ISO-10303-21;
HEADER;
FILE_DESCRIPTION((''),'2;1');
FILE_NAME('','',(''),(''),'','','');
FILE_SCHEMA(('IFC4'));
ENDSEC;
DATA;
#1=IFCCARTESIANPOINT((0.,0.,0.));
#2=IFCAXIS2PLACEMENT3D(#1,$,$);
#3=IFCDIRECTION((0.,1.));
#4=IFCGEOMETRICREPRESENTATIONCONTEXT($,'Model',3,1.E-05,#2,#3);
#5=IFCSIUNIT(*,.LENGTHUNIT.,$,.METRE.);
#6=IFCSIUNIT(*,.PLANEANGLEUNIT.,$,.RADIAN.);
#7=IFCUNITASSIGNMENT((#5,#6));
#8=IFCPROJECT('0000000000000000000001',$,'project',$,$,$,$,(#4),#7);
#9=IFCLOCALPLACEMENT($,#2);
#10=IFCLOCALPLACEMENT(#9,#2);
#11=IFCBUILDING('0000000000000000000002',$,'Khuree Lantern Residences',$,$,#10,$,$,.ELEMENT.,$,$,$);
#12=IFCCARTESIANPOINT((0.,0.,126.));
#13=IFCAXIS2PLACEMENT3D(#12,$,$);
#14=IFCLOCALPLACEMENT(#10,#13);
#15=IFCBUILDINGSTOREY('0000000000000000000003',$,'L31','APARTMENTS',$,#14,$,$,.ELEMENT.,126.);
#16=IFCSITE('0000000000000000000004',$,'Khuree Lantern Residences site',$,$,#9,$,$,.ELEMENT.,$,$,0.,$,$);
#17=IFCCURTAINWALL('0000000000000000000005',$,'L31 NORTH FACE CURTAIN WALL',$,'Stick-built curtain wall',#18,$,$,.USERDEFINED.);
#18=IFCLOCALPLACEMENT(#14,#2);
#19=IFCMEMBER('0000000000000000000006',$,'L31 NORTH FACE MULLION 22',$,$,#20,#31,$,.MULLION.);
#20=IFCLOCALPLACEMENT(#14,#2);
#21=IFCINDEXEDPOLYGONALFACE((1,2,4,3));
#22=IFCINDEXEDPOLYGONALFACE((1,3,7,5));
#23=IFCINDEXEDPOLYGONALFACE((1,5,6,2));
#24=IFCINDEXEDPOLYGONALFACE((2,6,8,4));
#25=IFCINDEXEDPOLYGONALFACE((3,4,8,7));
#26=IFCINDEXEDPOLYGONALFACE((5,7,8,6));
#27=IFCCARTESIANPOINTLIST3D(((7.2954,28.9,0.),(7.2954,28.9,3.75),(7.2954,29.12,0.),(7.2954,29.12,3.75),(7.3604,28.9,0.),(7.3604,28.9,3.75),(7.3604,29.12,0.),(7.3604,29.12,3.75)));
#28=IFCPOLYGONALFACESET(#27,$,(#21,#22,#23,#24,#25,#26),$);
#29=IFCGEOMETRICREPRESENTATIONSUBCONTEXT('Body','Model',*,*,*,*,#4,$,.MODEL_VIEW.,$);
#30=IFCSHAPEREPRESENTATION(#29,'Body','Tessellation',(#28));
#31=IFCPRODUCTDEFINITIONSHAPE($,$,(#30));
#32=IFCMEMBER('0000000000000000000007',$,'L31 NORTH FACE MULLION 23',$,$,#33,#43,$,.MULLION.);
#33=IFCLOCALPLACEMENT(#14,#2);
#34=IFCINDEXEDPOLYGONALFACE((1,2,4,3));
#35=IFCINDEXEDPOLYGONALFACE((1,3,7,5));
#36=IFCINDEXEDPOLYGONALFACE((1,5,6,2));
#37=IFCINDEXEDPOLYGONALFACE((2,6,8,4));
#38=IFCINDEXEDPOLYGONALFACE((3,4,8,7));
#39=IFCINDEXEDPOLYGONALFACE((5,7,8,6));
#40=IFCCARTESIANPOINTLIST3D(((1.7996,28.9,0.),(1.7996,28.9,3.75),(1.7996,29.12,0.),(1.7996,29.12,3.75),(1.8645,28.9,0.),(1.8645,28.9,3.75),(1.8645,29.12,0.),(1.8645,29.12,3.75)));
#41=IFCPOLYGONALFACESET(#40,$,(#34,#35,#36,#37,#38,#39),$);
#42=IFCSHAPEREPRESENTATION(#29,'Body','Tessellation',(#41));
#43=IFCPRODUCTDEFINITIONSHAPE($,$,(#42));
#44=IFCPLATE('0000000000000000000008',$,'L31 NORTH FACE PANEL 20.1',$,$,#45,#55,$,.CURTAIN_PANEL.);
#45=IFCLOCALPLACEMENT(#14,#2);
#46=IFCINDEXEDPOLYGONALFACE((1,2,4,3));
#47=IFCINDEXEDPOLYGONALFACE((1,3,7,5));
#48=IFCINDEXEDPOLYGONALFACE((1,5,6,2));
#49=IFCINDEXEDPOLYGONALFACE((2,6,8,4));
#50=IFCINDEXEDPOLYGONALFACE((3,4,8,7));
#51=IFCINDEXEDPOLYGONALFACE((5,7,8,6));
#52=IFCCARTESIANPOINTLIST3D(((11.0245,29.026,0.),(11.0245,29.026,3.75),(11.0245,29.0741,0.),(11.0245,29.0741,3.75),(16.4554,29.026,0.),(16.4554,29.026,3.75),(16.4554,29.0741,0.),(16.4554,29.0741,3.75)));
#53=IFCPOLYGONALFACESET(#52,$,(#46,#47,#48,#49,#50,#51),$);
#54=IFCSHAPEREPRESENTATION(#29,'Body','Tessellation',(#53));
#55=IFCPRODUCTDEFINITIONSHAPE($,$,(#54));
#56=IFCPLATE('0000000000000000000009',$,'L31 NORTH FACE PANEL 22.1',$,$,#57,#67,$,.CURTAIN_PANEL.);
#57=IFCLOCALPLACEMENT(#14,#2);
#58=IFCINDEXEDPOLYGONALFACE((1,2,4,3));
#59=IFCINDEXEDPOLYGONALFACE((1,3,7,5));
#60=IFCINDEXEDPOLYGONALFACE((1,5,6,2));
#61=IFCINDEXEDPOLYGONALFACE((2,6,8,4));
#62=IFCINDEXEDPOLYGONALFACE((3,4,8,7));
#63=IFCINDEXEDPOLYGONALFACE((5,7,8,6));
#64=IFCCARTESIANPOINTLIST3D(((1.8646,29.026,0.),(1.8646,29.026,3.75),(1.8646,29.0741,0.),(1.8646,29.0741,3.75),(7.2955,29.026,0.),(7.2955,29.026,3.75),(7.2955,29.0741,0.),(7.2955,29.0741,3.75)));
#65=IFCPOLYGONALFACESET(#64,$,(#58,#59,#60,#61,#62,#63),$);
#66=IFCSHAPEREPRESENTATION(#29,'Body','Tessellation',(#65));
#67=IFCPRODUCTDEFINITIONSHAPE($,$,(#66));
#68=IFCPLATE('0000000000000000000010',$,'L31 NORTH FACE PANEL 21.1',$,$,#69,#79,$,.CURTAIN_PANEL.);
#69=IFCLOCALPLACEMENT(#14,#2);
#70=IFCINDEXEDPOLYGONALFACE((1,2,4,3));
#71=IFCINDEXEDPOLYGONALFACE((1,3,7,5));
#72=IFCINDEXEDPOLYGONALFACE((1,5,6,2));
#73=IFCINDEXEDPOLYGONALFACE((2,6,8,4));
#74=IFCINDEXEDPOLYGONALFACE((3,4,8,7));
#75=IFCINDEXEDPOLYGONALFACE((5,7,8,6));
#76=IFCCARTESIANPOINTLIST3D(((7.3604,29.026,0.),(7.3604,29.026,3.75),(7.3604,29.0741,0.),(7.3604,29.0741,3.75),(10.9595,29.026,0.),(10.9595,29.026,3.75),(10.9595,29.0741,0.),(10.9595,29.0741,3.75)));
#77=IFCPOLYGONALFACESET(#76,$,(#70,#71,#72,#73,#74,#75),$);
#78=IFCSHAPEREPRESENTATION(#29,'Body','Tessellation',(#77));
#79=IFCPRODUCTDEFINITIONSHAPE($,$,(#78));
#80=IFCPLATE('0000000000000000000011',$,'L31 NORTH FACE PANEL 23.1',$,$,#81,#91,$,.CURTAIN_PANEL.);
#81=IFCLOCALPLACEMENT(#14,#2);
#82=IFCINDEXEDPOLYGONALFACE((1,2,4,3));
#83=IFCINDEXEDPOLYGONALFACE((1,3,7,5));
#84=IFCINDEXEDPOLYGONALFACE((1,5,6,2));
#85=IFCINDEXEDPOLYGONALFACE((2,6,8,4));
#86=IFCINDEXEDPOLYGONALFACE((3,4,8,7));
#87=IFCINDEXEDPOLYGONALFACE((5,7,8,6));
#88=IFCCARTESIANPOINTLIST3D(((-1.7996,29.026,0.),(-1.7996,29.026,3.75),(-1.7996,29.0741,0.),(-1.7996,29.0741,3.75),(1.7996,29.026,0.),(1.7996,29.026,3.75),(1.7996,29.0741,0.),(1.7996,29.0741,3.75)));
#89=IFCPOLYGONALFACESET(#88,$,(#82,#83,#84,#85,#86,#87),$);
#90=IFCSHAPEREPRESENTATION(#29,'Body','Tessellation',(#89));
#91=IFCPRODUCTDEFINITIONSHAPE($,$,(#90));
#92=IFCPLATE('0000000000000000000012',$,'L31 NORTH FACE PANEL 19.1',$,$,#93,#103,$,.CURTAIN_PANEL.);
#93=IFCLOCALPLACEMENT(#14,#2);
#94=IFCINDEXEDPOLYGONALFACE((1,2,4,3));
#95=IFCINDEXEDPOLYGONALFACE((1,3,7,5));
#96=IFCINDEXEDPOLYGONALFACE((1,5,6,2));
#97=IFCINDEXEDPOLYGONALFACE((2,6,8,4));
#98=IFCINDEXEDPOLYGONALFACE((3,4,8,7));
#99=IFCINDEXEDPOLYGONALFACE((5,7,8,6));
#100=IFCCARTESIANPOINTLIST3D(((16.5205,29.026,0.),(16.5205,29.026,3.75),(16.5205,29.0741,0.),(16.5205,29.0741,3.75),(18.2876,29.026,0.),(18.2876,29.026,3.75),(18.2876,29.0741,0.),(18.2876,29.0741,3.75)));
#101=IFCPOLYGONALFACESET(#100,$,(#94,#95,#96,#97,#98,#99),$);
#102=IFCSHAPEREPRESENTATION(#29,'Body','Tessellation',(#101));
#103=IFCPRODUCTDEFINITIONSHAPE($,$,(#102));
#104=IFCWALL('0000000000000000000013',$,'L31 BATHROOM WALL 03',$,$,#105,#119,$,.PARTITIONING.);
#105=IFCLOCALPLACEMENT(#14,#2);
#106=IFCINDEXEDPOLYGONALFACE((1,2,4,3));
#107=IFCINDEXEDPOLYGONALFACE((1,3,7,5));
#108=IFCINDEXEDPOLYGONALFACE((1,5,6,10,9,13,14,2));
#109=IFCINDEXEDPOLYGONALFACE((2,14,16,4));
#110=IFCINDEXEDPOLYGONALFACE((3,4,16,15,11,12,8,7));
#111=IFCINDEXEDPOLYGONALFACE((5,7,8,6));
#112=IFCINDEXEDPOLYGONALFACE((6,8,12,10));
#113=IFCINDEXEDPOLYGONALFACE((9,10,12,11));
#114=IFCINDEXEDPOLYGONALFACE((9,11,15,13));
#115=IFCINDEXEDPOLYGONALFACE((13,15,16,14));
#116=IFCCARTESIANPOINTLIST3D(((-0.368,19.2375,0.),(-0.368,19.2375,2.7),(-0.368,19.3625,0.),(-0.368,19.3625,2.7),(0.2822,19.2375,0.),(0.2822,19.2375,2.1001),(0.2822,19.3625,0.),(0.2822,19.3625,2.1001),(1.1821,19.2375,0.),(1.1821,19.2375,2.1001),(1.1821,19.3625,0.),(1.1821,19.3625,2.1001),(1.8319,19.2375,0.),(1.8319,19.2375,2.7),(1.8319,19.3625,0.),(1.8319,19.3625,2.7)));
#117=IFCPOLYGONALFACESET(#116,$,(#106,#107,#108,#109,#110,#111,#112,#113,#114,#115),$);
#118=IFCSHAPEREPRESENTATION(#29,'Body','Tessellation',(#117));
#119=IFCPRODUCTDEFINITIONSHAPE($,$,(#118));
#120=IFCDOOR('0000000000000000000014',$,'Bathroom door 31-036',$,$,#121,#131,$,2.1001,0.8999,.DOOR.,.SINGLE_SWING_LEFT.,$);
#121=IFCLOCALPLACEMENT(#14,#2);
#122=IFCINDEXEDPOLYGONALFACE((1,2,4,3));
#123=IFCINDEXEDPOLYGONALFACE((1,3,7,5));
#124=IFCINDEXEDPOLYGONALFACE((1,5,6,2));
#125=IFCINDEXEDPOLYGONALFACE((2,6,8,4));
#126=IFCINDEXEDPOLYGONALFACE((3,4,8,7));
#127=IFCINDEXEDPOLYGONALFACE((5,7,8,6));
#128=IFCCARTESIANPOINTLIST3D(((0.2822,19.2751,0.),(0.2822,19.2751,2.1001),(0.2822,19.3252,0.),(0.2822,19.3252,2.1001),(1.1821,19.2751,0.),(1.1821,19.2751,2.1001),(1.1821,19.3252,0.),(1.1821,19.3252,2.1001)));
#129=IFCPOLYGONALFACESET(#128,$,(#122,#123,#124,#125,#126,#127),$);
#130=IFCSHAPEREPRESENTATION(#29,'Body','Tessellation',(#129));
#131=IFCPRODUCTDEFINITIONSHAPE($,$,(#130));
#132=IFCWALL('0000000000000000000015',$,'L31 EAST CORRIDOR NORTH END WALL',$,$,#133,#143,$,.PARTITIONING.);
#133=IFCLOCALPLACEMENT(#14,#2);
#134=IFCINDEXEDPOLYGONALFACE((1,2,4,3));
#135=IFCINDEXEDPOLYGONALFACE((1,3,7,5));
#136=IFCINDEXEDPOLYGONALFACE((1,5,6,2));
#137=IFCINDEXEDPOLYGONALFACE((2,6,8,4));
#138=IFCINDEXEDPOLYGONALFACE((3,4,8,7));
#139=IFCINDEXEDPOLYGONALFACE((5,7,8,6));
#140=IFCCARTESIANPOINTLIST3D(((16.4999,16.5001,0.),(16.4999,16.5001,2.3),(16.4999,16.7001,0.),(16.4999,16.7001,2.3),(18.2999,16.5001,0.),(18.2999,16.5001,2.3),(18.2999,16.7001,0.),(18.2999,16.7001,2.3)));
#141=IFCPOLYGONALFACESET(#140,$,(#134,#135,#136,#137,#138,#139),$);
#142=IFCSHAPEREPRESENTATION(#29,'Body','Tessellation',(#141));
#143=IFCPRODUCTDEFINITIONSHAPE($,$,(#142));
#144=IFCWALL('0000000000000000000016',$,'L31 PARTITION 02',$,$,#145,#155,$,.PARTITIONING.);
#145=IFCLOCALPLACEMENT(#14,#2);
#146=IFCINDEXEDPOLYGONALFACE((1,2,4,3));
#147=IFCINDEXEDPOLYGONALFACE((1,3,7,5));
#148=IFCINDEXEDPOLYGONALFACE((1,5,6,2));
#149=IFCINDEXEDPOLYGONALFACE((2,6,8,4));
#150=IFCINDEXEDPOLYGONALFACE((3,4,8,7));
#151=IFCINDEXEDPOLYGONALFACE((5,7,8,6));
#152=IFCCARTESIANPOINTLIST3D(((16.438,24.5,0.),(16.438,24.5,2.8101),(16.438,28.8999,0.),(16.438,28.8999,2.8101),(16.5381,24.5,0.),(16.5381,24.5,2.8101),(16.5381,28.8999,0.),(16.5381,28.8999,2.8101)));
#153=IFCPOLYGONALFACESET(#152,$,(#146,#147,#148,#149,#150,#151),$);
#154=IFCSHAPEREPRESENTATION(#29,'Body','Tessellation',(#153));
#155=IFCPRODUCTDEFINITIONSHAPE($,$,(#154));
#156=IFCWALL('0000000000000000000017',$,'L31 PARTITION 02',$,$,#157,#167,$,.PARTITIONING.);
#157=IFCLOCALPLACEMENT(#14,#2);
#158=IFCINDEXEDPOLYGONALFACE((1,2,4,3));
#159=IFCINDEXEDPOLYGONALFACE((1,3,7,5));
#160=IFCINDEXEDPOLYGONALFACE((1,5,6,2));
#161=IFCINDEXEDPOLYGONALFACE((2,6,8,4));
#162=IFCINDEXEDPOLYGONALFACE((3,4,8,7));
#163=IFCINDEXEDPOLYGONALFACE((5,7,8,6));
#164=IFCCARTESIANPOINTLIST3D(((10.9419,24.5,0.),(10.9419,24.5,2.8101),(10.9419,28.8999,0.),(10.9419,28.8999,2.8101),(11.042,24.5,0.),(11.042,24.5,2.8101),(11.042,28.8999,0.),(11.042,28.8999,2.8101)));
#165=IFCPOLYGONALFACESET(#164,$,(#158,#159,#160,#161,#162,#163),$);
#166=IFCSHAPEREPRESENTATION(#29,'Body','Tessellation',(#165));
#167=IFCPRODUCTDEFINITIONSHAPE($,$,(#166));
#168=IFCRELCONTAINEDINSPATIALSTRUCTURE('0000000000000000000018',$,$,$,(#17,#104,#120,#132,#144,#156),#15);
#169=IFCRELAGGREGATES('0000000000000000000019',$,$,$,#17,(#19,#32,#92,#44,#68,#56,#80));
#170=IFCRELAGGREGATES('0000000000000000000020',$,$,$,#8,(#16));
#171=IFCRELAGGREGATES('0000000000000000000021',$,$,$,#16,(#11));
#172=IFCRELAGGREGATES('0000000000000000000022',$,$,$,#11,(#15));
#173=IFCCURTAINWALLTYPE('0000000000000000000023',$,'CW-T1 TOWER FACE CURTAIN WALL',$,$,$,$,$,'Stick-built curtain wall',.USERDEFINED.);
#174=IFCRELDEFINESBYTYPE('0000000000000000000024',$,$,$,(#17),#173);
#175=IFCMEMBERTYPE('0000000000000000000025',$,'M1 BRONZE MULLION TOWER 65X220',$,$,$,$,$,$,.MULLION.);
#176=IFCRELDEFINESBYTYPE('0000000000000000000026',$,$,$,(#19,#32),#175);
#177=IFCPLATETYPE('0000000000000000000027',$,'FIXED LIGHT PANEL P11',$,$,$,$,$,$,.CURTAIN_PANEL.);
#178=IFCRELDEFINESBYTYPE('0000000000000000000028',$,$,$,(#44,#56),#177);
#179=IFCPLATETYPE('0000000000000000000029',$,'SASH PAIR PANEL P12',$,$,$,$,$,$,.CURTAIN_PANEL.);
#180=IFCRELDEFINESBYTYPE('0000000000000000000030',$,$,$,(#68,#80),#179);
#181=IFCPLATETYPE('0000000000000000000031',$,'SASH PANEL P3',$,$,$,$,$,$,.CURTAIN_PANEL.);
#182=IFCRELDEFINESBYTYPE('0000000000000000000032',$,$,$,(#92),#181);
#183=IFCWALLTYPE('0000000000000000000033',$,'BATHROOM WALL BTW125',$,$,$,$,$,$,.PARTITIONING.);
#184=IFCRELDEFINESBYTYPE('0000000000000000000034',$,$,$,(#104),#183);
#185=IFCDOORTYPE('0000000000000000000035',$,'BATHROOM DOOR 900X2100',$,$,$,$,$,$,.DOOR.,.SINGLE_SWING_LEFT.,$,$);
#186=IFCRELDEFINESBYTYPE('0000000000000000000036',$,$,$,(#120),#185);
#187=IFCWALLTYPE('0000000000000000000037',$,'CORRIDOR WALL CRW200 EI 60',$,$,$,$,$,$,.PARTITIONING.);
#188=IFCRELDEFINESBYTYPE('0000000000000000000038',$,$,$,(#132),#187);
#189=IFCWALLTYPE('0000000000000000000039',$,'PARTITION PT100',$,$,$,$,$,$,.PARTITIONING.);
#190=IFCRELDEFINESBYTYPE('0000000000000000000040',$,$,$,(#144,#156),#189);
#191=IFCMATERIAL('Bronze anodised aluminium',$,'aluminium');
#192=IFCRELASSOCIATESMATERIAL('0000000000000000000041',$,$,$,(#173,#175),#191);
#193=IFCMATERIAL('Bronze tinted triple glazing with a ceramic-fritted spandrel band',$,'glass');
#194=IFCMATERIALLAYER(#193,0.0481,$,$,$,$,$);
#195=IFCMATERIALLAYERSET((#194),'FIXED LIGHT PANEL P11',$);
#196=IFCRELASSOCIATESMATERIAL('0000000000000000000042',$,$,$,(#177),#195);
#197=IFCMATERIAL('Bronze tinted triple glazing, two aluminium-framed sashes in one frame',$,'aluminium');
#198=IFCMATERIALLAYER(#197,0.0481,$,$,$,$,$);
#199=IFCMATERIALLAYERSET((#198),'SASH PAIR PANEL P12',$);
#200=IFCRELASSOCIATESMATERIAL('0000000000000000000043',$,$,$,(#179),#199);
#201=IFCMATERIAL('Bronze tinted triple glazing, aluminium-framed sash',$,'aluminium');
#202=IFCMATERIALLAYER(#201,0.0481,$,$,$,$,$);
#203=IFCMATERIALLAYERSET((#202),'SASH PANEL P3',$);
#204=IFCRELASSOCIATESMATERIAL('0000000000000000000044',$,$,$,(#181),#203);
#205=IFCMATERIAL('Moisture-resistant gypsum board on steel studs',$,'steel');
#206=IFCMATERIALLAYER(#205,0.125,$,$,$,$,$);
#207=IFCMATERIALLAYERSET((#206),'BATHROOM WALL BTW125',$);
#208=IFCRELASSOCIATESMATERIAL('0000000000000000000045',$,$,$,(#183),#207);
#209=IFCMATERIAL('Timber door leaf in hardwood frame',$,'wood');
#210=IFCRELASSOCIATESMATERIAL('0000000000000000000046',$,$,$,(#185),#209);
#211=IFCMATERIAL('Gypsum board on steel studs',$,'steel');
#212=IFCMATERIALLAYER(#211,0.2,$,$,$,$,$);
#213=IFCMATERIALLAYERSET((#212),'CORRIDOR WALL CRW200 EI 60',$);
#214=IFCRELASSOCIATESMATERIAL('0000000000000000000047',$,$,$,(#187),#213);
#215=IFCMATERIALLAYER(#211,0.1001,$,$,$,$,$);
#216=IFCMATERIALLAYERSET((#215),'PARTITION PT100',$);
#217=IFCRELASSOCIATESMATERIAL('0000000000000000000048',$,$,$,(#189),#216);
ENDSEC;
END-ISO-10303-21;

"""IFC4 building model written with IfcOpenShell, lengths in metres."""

from ifc_helpers import new_model, si_unit, direction, frame, frame_2d, origin, origin_2d, place, context, subcontext, project, spatial, rectangle, extrude, material, layer, layer_set, material_profile, profile_set, type_object, element, fill, aggregate, save


model = new_model("IFC4")

# Units and contexts
model_context = context("Model", 3, precision=1e-05, world=origin(), true_north=direction((0.0, 1.0)))
body_context = subcontext(model_context, "Body", "Model", "MODEL_VIEW")
ifc_project = project(units=[si_unit("LENGTHUNIT", "METRE"), si_unit("PLANEANGLEUNIT", "RADIAN")], contexts=[model_context])

# Site, building, storey
site_placement = place(None, origin())
site = spatial("IfcSite", under=ifc_project, at=site_placement, Name="Khuree Lantern Residences site", CompositionType="ELEMENT", RefElevation=0.0)
building_placement = place(site_placement, origin())
building = spatial("IfcBuilding", under=site, at=building_placement, Name="Khuree Lantern Residences", CompositionType="ELEMENT")
storey_placement = place(building_placement, frame((0.0, 0.0, 126.0)))
storey = spatial("IfcBuildingStorey", under=building, at=storey_placement, Name="L31", Description="APARTMENTS", CompositionType="ELEMENT", Elevation=126.0)

# Curtain wall
ifc_material_1 = material(Name="Bronze anodised aluminium", Category="aluminium")
curtain_wall_type = type_object("IfcCurtainWallType", Name="CW-T1 TOWER FACE CURTAIN WALL", ElementType="Stick-built curtain wall", PredefinedType="USERDEFINED", material=ifc_material_1)
curtain_wall_placement = place(storey_placement, origin())
curtain_wall = element("IfcCurtainWall", 1, at=curtain_wall_placement, inside=storey, type_object=curtain_wall_type, Name="L31 NORTH FACE CURTAIN WALL", ObjectType="Stick-built curtain wall", PredefinedType="USERDEFINED")

# Members
ifc_material_profile_1 = material_profile(ifc_material_1, rectangle(XDim=0.0649, YDim=0.22, at=origin_2d()), Name="M1 65X220")
ifc_profile_set_1 = profile_set([ifc_material_profile_1], Name="Bronze anodised aluminium")
member_type_1 = type_object("IfcMemberType", Name="M1 BRONZE MULLION TOWER 65X220", PredefinedType="MULLION", material=ifc_profile_set_1)
member_1_placement = place(storey_placement, frame((7.3279, 29.01, 0.0), z_axis=(0.0, 0.0, 1.0), x_axis=(-1.0, 0.0, 0.0)))
member_1 = element("IfcMember", 2, at=member_1_placement, type_object=member_type_1, Name="L31 NORTH FACE MULLION 22", PredefinedType="MULLION", context=body_context, shape_type="SweptSolid", body=[
    extrude(rectangle(XDim=0.0649, YDim=0.22, at=origin_2d()), origin(), (0.0, 0.0, 1.0), 3.75),
])
member_2_placement = place(storey_placement, frame((1.832, 29.01, 0.0), z_axis=(0.0, 0.0, 1.0), x_axis=(-1.0, 0.0, 0.0)))
member_2 = element("IfcMember", 3, at=member_2_placement, type_object=member_type_1, Name="L31 NORTH FACE MULLION 23", PredefinedType="MULLION", context=body_context, shape_type="SweptSolid", body=[
    extrude(rectangle(XDim=0.0649, YDim=0.22, at=origin_2d()), origin(), (0.0, 0.0, 1.0), 3.75),
])

# Plates
ifc_material_2 = material(Name="Bronze tinted triple glazing with a ceramic-fritted spandrel band", Category="glass")
ifc_layer_1 = layer(ifc_material_2, 0.0481)
ifc_layer_set_1 = layer_set([ifc_layer_1], Name="FIXED LIGHT PANEL P11")
plate_type_1 = type_object("IfcPlateType", Name="FIXED LIGHT PANEL P11", PredefinedType="CURTAIN_PANEL", material=ifc_layer_set_1)
plate_1_placement = place(storey_placement, frame((13.74, 29.05, 0.0), z_axis=(0.0, 0.0, 1.0), x_axis=(-1.0, 0.0, 0.0)))
plate_1 = element("IfcPlate", 4, at=plate_1_placement, type_object=plate_type_1, Name="L31 NORTH FACE PANEL 20.1", PredefinedType="CURTAIN_PANEL", context=body_context, shape_type="SweptSolid", body=[
    extrude(rectangle(XDim=5.4309, YDim=0.0481, at=origin_2d()), origin(), (0.0, 0.0, 1.0), 3.75),
])
plate_2_placement = place(storey_placement, frame((4.5801, 29.05, 0.0), z_axis=(0.0, 0.0, 1.0), x_axis=(-1.0, 0.0, 0.0)))
plate_2 = element("IfcPlate", 5, at=plate_2_placement, type_object=plate_type_1, Name="L31 NORTH FACE PANEL 22.1", PredefinedType="CURTAIN_PANEL", context=body_context, shape_type="SweptSolid", body=[
    extrude(rectangle(XDim=5.4309, YDim=0.0481, at=origin_2d()), origin(), (0.0, 0.0, 1.0), 3.75),
])
ifc_material_3 = material(Name="Bronze tinted triple glazing, two aluminium-framed sashes in one frame", Category="aluminium")
ifc_layer_2 = layer(ifc_material_3, 0.0481)
ifc_layer_set_2 = layer_set([ifc_layer_2], Name="SASH PAIR PANEL P12")
plate_type_2 = type_object("IfcPlateType", Name="SASH PAIR PANEL P12", PredefinedType="CURTAIN_PANEL", material=ifc_layer_set_2)
plate_3_placement = place(storey_placement, frame((9.1599, 29.05, 0.0), z_axis=(0.0, 0.0, 1.0), x_axis=(-1.0, 0.0, 0.0)))
plate_3 = element("IfcPlate", 6, at=plate_3_placement, type_object=plate_type_2, Name="L31 NORTH FACE PANEL 21.1", PredefinedType="CURTAIN_PANEL", context=body_context, shape_type="SweptSolid", body=[
    extrude(rectangle(XDim=3.5991, YDim=0.0481, at=origin_2d()), origin(), (0.0, 0.0, 1.0), 3.75),
])
plate_4_placement = place(storey_placement, frame((0.0, 29.05, 0.0), z_axis=(0.0, 0.0, 1.0), x_axis=(-1.0, 0.0, 0.0)))
plate_4 = element("IfcPlate", 7, at=plate_4_placement, type_object=plate_type_2, Name="L31 NORTH FACE PANEL 23.1", PredefinedType="CURTAIN_PANEL", context=body_context, shape_type="SweptSolid", body=[
    extrude(rectangle(XDim=3.5991, YDim=0.0481, at=origin_2d()), origin(), (0.0, 0.0, 1.0), 3.75),
])
ifc_material_4 = material(Name="Bronze tinted triple glazing, aluminium-framed sash", Category="aluminium")
ifc_layer_3 = layer(ifc_material_4, 0.0481)
ifc_layer_set_3 = layer_set([ifc_layer_3], Name="SASH PANEL P3")
plate_type_3 = type_object("IfcPlateType", Name="SASH PANEL P3", PredefinedType="CURTAIN_PANEL", material=ifc_layer_set_3)
plate_5_placement = place(storey_placement, frame((17.4041, 29.05, 0.0), z_axis=(0.0, 0.0, 1.0), x_axis=(-1.0, 0.0, 0.0)))
plate_5 = element("IfcPlate", 8, at=plate_5_placement, type_object=plate_type_3, Name="L31 NORTH FACE PANEL 19.1", PredefinedType="CURTAIN_PANEL", context=body_context, shape_type="SweptSolid", body=[
    extrude(rectangle(XDim=1.7671, YDim=0.0481, at=origin_2d()), origin(), (0.0, 0.0, 1.0), 3.75),
])
aggregate(curtain_wall, [member_1, member_2, plate_5, plate_1, plate_3, plate_2, plate_4])

# Wall, opening, door
ifc_material_5 = material(Name="Moisture-resistant gypsum board on steel studs", Category="steel")
ifc_layer_4 = layer(ifc_material_5, 0.125)
ifc_layer_set_4 = layer_set([ifc_layer_4], Name="BATHROOM WALL BTW125")
wall_type_1 = type_object("IfcWallType", Name="BATHROOM WALL BTW125", PredefinedType="PARTITIONING", material=ifc_layer_set_4)
wall_1_placement = place(storey_placement, frame((1.832, 19.3, 0.0), z_axis=(0.0, 0.0, 1.0), x_axis=(-1.0, 0.0, 0.0)))
wall_1 = element("IfcWall", 9, at=wall_1_placement, inside=storey, type_object=wall_type_1, Name="L31 BATHROOM WALL 03", PredefinedType="PARTITIONING", context=body_context, shape_type="SweptSolid", body=[
    extrude(rectangle(XDim=2.2, YDim=0.125, at=frame_2d((1.1001, 0.0))), origin(), (0.0, 0.0, 1.0), 2.7),
])
opening_1_placement = place(wall_1_placement, frame((0.6499, 0.0, 0.0)))
opening_1 = element("IfcOpeningElement", 10, at=opening_1_placement, cuts=wall_1, PredefinedType="OPENING", context=body_context, shape_type="SweptSolid", body=[
    extrude(rectangle(XDim=0.8999, YDim=2.1001, at=frame_2d((0.45, 1.05))), frame((0.0, 0.0725, 0.0), z_axis=(0.0, -1.0, 0.0), x_axis=(1.0, 0.0, 0.0)), (0.0, 0.0, 1.0), 0.145),
])
ifc_material_6 = material(Name="Timber door leaf in hardwood frame", Category="wood")
door_type_1 = type_object("IfcDoorType", Name="BATHROOM DOOR 900X2100", OperationType="SINGLE_SWING_LEFT", PredefinedType="DOOR", material=ifc_material_6)
door_1_placement = place(opening_1_placement, origin())
door_1 = element("IfcDoor", 11, at=door_1_placement, inside=storey, type_object=door_type_1, Name="Bathroom door 31-036", OperationType="SINGLE_SWING_LEFT", OverallHeight=2.1001, OverallWidth=0.8999, PredefinedType="DOOR", context=body_context, shape_type="SweptSolid", body=[
    extrude(rectangle(XDim=0.8999, YDim=2.1001, at=frame_2d((0.45, 1.05))), frame((0.0, 0.0249, 0.0), z_axis=(0.0, -1.0, 0.0), x_axis=(1.0, 0.0, 0.0)), (0.0, 0.0, 1.0), 0.05),
])
fill(opening_1, door_1)

# Walls
ifc_material_7 = material(Name="Gypsum board on steel studs", Category="steel")
ifc_layer_5 = layer(ifc_material_7, 0.2)
ifc_layer_set_5 = layer_set([ifc_layer_5], Name="CORRIDOR WALL CRW200 EI 60")
wall_type_2 = type_object("IfcWallType", Name="CORRIDOR WALL CRW200 EI 60", PredefinedType="PARTITIONING", material=ifc_layer_set_5)
wall_2_placement = place(storey_placement, frame((16.5, 16.6001, 0.0), z_axis=(0.0, 0.0, 1.0), x_axis=(1.0, 0.0, 0.0)))
element("IfcWall", 12, at=wall_2_placement, inside=storey, type_object=wall_type_2, Name="L31 EAST CORRIDOR NORTH END WALL", PredefinedType="PARTITIONING", context=body_context, shape_type="SweptSolid", body=[
    extrude(rectangle(XDim=1.8, YDim=0.2, at=frame_2d((0.8999, 0.0))), origin(), (0.0, 0.0, 1.0), 2.3),
])
ifc_layer_6 = layer(ifc_material_7, 0.1001)
ifc_layer_set_6 = layer_set([ifc_layer_6], Name="PARTITION PT100")
wall_type_3 = type_object("IfcWallType", Name="PARTITION PT100", PredefinedType="PARTITIONING", material=ifc_layer_set_6)
for number, where, z_axis, x_axis, name in (
    (13, (16.488, 24.5, 0.0), (0.0, 0.0, 1.0), (0.0, 1.0, 0.0), "L31 PARTITION 02"),
    (14, (10.9919, 24.5, 0.0), (0.0, 0.0, 1.0), (0.0, 1.0, 0.0), "L31 PARTITION 02"),
):
    element("IfcWall", number, at=place(storey_placement, frame(where, z_axis=z_axis, x_axis=x_axis)), inside=storey, type_object=wall_type_3, Name=name, PredefinedType="PARTITIONING", context=body_context, shape_type="SweptSolid", body=[
        extrude(rectangle(XDim=4.3999, YDim=0.1001, at=frame_2d((2.2, 0.0))), origin(), (0.0, 0.0, 1.0), 2.8101),
    ])

save(model, "model.ifc")
